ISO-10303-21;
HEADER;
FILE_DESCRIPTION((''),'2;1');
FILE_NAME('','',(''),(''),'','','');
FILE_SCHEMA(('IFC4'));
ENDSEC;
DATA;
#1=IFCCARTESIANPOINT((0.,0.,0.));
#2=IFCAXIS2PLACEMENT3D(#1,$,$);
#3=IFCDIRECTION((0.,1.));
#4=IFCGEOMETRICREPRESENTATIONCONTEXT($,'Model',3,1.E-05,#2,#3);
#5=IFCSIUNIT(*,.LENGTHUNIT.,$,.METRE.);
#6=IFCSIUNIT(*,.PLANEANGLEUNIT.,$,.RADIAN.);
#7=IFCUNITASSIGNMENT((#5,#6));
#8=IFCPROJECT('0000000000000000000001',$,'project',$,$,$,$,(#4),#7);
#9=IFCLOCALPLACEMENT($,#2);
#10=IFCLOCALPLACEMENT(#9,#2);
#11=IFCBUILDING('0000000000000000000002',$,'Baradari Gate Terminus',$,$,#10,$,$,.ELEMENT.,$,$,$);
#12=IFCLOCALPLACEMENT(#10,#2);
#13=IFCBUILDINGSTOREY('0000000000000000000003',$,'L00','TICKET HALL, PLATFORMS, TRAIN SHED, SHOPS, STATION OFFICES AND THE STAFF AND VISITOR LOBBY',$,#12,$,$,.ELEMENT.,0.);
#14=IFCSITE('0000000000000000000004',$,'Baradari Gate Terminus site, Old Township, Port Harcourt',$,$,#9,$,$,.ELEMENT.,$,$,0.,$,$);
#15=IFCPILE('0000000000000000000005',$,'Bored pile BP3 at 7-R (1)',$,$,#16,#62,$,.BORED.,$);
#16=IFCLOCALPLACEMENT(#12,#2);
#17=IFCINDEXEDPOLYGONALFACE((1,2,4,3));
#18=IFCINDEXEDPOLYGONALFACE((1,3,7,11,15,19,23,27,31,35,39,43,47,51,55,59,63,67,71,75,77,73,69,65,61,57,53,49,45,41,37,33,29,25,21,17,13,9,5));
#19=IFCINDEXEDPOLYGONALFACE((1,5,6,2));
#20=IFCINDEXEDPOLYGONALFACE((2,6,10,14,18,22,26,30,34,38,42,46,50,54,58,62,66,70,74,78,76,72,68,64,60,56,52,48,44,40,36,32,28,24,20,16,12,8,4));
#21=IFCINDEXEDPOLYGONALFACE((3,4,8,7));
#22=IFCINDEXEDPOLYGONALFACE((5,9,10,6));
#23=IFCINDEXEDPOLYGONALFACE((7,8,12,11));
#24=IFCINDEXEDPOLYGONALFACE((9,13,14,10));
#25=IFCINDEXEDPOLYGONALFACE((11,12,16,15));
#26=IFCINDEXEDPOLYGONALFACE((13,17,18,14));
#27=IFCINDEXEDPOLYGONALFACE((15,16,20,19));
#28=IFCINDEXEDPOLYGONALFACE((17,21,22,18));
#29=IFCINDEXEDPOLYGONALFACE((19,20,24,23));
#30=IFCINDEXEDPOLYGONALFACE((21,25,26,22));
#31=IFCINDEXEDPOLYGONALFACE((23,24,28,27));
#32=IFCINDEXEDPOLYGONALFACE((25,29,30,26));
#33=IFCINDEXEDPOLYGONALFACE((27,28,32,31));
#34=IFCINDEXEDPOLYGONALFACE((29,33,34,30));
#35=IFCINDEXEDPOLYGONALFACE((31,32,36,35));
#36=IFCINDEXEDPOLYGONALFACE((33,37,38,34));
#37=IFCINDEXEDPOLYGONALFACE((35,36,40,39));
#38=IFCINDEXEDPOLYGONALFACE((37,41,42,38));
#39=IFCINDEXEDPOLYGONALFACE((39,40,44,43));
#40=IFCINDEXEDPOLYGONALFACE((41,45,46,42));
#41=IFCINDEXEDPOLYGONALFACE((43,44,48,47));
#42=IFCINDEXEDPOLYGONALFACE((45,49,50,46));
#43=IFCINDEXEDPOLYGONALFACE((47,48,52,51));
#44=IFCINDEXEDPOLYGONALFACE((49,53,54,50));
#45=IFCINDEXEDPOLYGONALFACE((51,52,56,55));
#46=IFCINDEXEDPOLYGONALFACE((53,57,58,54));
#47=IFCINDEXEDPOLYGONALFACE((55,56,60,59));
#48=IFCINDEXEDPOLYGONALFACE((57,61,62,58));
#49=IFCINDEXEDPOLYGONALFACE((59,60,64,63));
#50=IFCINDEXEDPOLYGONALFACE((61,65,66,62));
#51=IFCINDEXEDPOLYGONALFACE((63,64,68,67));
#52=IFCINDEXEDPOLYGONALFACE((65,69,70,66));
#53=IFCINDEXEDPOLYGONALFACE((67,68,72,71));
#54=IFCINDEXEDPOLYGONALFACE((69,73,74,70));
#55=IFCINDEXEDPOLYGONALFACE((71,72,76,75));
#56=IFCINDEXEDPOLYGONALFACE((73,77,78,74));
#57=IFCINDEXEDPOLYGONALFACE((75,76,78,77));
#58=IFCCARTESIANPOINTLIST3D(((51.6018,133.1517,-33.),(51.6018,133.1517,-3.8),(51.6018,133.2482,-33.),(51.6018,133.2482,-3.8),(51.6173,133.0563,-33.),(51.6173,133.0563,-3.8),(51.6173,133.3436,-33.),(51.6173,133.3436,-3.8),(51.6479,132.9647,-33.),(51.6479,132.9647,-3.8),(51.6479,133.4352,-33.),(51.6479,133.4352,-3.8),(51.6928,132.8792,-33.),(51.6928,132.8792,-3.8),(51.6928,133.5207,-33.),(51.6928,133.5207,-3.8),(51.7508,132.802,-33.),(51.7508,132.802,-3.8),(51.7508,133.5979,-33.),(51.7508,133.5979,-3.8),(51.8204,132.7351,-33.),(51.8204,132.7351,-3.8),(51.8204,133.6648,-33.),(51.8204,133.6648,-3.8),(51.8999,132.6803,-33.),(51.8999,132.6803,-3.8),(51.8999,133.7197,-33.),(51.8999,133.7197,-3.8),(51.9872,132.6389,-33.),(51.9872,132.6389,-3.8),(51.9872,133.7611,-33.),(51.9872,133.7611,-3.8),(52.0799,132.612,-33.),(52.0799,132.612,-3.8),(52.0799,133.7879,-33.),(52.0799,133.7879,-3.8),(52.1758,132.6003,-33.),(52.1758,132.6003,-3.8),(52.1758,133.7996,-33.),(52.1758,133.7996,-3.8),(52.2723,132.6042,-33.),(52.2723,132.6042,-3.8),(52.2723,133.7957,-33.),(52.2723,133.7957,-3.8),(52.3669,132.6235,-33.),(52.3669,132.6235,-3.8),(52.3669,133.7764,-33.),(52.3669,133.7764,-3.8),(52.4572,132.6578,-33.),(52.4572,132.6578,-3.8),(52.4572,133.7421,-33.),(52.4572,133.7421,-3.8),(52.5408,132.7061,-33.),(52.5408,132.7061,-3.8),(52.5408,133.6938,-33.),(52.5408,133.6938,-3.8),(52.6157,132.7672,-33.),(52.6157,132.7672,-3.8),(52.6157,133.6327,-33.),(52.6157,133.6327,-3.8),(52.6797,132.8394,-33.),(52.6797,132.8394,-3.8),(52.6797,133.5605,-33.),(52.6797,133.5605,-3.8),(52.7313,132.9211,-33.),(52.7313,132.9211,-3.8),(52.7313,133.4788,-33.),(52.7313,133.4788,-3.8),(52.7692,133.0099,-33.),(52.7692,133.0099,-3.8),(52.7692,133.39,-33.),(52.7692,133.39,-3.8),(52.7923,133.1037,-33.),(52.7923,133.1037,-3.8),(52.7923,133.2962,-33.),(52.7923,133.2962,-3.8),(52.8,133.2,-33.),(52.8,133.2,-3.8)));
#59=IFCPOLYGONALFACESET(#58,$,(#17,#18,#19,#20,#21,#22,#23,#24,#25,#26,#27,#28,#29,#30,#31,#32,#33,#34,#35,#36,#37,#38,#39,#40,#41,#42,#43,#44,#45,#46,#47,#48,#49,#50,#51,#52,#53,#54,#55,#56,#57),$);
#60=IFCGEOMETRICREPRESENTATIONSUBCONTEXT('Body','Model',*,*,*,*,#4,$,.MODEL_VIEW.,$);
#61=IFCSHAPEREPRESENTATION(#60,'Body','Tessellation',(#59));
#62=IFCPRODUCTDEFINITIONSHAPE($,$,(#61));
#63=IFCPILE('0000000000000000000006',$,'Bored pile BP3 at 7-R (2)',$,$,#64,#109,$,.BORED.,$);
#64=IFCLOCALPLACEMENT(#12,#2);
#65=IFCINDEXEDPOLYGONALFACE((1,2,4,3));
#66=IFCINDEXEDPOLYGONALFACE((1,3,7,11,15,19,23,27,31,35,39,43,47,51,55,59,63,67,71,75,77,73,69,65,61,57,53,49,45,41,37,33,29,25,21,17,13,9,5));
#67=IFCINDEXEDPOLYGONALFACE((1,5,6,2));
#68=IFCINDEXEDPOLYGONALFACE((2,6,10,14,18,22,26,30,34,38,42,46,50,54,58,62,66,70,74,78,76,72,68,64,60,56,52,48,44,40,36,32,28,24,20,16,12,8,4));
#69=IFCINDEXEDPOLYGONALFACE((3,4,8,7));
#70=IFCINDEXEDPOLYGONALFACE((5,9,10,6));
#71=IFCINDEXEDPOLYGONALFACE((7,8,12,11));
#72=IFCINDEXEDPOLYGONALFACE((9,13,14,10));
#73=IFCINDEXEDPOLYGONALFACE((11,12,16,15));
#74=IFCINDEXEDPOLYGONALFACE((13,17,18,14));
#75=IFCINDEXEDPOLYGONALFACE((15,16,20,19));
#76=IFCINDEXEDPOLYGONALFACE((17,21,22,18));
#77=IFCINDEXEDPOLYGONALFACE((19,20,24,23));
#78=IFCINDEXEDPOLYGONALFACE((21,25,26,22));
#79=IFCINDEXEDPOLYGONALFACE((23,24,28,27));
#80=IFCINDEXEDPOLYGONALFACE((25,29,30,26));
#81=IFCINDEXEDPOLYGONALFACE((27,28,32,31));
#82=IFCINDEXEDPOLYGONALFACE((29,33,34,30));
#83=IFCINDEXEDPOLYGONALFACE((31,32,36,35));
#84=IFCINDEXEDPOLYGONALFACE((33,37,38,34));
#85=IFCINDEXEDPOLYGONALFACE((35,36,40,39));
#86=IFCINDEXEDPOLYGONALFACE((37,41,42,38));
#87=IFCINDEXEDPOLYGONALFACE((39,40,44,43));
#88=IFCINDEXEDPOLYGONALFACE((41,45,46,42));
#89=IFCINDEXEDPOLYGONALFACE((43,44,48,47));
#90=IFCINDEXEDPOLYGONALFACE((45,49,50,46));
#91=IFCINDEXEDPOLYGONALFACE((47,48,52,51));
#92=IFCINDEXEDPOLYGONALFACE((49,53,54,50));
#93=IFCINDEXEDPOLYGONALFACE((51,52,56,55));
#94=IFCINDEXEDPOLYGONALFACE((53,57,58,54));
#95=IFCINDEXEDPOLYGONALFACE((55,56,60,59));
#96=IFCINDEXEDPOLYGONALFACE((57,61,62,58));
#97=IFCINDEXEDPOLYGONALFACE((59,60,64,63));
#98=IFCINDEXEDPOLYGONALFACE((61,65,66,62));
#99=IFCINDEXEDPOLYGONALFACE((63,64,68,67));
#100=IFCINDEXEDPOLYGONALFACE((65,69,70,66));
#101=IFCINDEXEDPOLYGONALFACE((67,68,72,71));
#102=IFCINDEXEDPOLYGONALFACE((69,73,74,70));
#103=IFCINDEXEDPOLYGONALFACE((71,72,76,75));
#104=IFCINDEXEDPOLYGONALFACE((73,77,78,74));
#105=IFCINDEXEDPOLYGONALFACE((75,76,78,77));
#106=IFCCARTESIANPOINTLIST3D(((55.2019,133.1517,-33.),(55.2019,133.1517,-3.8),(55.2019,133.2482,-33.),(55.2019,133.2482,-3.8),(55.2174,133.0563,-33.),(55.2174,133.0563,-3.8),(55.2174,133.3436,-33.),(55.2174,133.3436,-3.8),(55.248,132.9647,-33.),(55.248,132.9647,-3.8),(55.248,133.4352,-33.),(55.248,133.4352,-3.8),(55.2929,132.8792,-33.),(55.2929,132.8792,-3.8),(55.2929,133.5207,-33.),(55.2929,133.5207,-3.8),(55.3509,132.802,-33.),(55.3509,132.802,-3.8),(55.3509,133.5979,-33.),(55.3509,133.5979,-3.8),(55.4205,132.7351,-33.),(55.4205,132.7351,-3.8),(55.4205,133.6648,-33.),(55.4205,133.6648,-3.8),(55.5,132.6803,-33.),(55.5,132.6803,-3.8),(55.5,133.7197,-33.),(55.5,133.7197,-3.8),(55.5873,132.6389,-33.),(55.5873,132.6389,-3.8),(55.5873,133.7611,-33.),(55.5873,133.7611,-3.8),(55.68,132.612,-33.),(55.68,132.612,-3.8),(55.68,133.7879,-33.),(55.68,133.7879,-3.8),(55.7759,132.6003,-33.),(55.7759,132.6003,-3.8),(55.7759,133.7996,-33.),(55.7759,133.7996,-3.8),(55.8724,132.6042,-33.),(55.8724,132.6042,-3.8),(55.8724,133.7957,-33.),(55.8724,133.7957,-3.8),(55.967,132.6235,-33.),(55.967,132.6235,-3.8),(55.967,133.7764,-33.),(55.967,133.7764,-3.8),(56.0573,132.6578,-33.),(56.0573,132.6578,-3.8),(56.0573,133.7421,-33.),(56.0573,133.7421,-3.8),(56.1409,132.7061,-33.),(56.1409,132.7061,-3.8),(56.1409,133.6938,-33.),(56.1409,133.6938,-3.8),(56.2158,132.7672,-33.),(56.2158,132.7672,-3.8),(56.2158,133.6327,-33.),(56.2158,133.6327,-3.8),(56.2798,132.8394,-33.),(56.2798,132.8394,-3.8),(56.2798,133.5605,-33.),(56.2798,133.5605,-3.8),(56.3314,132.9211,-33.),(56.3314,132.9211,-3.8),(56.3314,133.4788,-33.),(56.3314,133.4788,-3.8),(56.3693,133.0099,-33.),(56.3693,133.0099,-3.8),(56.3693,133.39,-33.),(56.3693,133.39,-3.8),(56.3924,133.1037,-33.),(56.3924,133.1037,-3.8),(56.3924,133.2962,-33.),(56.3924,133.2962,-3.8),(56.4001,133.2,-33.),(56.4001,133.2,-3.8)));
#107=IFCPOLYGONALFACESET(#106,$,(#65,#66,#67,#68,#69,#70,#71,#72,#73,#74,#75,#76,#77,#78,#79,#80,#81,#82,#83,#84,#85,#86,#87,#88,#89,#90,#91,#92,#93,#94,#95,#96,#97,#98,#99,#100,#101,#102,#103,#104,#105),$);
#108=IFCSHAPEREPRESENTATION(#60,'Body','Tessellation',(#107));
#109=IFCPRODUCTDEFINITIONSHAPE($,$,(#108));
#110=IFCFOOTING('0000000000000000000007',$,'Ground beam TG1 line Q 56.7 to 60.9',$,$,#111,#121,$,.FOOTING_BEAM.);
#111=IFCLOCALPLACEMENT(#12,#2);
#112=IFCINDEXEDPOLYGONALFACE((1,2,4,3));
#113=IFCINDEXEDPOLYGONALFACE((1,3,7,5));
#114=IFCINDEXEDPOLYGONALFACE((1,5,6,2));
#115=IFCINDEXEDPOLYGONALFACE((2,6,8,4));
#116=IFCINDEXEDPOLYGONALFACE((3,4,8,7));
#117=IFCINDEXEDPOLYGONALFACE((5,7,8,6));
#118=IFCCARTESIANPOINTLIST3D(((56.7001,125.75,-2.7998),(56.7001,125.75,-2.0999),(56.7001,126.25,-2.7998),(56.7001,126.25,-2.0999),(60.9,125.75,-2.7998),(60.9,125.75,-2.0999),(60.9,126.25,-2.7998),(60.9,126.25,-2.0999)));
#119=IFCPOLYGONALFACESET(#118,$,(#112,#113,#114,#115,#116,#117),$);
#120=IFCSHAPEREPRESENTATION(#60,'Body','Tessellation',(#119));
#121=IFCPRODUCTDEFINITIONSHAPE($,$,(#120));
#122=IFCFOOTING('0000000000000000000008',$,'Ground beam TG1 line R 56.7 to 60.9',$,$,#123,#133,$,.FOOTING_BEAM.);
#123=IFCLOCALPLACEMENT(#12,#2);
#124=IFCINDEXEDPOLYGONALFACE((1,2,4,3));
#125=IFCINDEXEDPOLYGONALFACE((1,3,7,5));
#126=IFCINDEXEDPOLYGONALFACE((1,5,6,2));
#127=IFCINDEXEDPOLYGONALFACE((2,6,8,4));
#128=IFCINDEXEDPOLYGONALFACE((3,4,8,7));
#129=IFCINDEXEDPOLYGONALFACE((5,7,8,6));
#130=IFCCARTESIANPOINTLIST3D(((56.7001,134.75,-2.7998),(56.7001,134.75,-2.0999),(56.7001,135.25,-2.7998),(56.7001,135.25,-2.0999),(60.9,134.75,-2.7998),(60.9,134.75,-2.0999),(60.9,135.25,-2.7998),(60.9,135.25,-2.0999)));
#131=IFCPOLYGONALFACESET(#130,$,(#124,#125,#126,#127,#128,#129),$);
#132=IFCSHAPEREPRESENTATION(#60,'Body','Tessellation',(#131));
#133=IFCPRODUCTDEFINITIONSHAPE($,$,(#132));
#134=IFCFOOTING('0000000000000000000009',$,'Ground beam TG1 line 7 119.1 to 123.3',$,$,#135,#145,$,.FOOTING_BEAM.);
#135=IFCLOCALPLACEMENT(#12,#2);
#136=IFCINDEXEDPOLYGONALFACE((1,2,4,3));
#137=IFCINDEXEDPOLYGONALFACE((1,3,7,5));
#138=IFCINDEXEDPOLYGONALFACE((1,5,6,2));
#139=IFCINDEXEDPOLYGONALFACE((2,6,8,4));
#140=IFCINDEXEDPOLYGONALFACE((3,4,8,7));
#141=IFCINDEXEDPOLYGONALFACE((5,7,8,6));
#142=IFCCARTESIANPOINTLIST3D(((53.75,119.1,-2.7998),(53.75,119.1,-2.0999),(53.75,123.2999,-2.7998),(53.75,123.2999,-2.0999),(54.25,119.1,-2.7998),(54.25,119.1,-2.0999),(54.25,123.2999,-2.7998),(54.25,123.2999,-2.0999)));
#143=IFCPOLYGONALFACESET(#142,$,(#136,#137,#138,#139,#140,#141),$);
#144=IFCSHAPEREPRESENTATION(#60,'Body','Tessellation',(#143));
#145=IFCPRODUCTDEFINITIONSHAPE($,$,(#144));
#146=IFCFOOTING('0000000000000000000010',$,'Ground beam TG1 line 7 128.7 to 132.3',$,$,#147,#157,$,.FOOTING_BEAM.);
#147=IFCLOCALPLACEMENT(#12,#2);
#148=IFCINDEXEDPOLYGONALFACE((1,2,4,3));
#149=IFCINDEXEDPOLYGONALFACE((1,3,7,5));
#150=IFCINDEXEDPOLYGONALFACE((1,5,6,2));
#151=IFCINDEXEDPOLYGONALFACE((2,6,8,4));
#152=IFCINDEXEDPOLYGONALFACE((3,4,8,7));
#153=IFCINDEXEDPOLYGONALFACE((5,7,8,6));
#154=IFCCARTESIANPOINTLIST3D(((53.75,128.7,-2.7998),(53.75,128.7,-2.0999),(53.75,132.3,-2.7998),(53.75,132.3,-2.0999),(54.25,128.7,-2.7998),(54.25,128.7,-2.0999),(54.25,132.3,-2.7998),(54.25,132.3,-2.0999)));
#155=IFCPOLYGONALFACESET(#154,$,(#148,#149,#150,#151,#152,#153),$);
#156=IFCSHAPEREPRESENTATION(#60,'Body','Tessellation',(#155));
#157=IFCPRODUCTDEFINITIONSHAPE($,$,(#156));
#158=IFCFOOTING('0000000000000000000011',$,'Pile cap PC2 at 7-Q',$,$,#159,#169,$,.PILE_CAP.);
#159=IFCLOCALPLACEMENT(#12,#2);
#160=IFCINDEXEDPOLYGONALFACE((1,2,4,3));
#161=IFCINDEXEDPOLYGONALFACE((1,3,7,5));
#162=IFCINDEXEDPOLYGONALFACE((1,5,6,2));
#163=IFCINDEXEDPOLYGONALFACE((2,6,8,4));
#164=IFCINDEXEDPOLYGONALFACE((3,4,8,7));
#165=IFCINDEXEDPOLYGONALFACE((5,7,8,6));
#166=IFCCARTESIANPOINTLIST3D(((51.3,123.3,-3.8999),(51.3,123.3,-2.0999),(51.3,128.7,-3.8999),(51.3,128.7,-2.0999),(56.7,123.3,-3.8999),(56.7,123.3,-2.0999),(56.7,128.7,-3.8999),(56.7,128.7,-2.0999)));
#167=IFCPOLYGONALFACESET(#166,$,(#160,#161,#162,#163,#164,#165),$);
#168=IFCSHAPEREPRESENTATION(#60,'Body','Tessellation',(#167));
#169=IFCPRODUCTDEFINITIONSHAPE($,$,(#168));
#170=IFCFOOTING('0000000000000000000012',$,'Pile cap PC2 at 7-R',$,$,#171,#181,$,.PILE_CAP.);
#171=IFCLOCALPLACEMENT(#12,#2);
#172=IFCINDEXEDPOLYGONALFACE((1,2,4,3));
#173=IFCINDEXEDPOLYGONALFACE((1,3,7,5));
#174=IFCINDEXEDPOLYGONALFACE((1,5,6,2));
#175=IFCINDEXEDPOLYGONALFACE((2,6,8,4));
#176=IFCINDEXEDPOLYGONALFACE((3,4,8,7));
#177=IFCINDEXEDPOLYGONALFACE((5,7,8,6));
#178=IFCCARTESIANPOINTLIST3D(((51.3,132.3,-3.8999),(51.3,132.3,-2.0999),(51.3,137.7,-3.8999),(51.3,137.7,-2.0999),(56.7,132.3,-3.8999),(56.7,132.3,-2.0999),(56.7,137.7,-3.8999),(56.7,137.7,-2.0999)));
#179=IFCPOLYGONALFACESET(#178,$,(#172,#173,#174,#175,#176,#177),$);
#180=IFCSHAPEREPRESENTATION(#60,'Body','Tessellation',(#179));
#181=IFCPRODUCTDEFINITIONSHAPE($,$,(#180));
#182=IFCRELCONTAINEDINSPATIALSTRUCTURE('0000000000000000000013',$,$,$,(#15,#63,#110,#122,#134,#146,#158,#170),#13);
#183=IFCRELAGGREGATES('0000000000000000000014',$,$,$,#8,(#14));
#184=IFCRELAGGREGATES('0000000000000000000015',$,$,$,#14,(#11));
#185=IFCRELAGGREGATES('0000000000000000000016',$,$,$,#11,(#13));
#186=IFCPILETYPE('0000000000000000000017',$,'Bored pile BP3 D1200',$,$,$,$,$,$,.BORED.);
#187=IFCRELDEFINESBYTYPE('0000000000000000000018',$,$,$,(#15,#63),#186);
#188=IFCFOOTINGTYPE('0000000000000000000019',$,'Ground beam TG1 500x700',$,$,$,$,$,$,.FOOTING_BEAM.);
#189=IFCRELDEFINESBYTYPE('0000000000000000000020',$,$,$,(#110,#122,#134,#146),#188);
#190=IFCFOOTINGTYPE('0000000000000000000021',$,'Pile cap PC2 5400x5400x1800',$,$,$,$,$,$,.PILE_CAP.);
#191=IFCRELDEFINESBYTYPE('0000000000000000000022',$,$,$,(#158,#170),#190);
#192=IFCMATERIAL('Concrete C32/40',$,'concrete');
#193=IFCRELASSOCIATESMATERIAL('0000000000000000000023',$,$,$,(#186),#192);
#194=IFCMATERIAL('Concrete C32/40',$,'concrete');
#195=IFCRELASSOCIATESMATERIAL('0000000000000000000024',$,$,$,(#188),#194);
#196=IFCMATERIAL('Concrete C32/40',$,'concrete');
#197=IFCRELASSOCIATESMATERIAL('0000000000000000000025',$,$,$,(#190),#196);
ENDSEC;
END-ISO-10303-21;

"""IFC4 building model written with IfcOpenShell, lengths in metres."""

from ifc_helpers import new_model, si_unit, direction, frame, origin, origin_2d, place, context, subcontext, project, spatial, rectangle, circle, extrude, material, type_object, element, save


model = new_model("IFC4")

# Units and contexts
model_context = context("Model", 3, precision=1e-05, world=origin(), true_north=direction((0.0, 1.0)))
body_context = subcontext(model_context, "Body", "Model", "MODEL_VIEW")
ifc_project = project(units=[si_unit("LENGTHUNIT", "METRE"), si_unit("PLANEANGLEUNIT", "RADIAN")], contexts=[model_context])

# Site, building, storey
site_placement = place(None, origin())
site = spatial("IfcSite", under=ifc_project, at=site_placement, Name="Baradari Gate Terminus site, Old Township, Port Harcourt", CompositionType="ELEMENT", RefElevation=0.0)
building_placement = place(site_placement, origin())
building = spatial("IfcBuilding", under=site, at=building_placement, Name="Baradari Gate Terminus", CompositionType="ELEMENT")
storey_placement = place(building_placement, origin())
storey = spatial("IfcBuildingStorey", under=building, at=storey_placement, Name="L00", Description="TICKET HALL, PLATFORMS, TRAIN SHED, SHOPS, STATION OFFICES AND THE STAFF AND VISITOR LOBBY", CompositionType="ELEMENT", Elevation=0.0)

# Piles
ifc_material_1 = material(Name="Concrete C32/40", Category="concrete")
pile_type_1 = type_object("IfcPileType", Name="Bored pile BP3 D1200", PredefinedType="BORED", material=ifc_material_1)
for number, where, z_axis, x_axis, name in (
    (1, (52.2, 133.2, -3.8), (0.0, 0.0, -1.0), (1.0, 0.0, 0.0), "Bored pile BP3 at 7-R (1)"),
    (2, (55.8, 133.2, -3.8), (0.0, 0.0, -1.0), (1.0, 0.0, 0.0), "Bored pile BP3 at 7-R (2)"),
):
    element("IfcPile", number, at=place(storey_placement, frame(where, z_axis=z_axis, x_axis=x_axis)), inside=storey, type_object=pile_type_1, Name=name, PredefinedType="BORED", context=body_context, shape_type="SweptSolid", body=[
        extrude(circle(Radius=0.6001, at=origin_2d()), origin(), (0.0, 0.0, 1.0), 29.2),
    ])

# Footings
ifc_material_2 = material(Name="Concrete C32/40", Category="concrete")
footing_type_1 = type_object("IfcFootingType", Name="Ground beam TG1 500x700", PredefinedType="FOOTING_BEAM", material=ifc_material_2)
for number, where, z_axis, x_axis, name in (
    (3, (58.8, 126.0, -2.7998), (0.0, 0.0, 1.0), (1.0, 0.0, 0.0), "Ground beam TG1 line Q 56.7 to 60.9"),
    (4, (58.8, 135.0, -2.7998), (0.0, 0.0, 1.0), (1.0, 0.0, 0.0), "Ground beam TG1 line R 56.7 to 60.9"),
):
    element("IfcFooting", number, at=place(storey_placement, frame(where, z_axis=z_axis, x_axis=x_axis)), inside=storey, type_object=footing_type_1, Name=name, PredefinedType="FOOTING_BEAM", context=body_context, shape_type="SweptSolid", body=[
        extrude(rectangle(XDim=4.2, YDim=0.5, at=origin_2d()), origin(), (0.0, 0.0, 1.0), 0.7),
    ])
footing_1_placement = place(storey_placement, frame((54.0, 121.2, -2.7998), z_axis=(0.0, 0.0, 1.0), x_axis=(1.0, 0.0, 0.0)))
element("IfcFooting", 5, at=footing_1_placement, inside=storey, type_object=footing_type_1, Name="Ground beam TG1 line 7 119.1 to 123.3", PredefinedType="FOOTING_BEAM", context=body_context, shape_type="SweptSolid", body=[
    extrude(rectangle(XDim=0.5, YDim=4.2, at=origin_2d()), origin(), (0.0, 0.0, 1.0), 0.7),
])
footing_2_placement = place(storey_placement, frame((54.0, 130.5, -2.7998), z_axis=(0.0, 0.0, 1.0), x_axis=(1.0, 0.0, 0.0)))
element("IfcFooting", 6, at=footing_2_placement, inside=storey, type_object=footing_type_1, Name="Ground beam TG1 line 7 128.7 to 132.3", PredefinedType="FOOTING_BEAM", context=body_context, shape_type="SweptSolid", body=[
    extrude(rectangle(XDim=0.5, YDim=3.6001, at=origin_2d()), origin(), (0.0, 0.0, 1.0), 0.7),
])
ifc_material_3 = material(Name="Concrete C32/40", Category="concrete")
footing_type_2 = type_object("IfcFootingType", Name="Pile cap PC2 5400x5400x1800", PredefinedType="PILE_CAP", material=ifc_material_3)
for number, where, z_axis, x_axis, name in (
    (7, (54.0, 126.0, -3.8999), (0.0, 0.0, 1.0), (1.0, 0.0, 0.0), "Pile cap PC2 at 7-Q"),
    (8, (54.0, 135.0, -3.8999), (0.0, 0.0, 1.0), (1.0, 0.0, 0.0), "Pile cap PC2 at 7-R"),
):
    element("IfcFooting", number, at=place(storey_placement, frame(where, z_axis=z_axis, x_axis=x_axis)), inside=storey, type_object=footing_type_2, Name=name, PredefinedType="PILE_CAP", context=body_context, shape_type="SweptSolid", body=[
        extrude(rectangle(XDim=5.3999, YDim=5.3999, at=origin_2d()), origin(), (0.0, 0.0, 1.0), 1.8),
    ])

save(model, "model.ifc")
